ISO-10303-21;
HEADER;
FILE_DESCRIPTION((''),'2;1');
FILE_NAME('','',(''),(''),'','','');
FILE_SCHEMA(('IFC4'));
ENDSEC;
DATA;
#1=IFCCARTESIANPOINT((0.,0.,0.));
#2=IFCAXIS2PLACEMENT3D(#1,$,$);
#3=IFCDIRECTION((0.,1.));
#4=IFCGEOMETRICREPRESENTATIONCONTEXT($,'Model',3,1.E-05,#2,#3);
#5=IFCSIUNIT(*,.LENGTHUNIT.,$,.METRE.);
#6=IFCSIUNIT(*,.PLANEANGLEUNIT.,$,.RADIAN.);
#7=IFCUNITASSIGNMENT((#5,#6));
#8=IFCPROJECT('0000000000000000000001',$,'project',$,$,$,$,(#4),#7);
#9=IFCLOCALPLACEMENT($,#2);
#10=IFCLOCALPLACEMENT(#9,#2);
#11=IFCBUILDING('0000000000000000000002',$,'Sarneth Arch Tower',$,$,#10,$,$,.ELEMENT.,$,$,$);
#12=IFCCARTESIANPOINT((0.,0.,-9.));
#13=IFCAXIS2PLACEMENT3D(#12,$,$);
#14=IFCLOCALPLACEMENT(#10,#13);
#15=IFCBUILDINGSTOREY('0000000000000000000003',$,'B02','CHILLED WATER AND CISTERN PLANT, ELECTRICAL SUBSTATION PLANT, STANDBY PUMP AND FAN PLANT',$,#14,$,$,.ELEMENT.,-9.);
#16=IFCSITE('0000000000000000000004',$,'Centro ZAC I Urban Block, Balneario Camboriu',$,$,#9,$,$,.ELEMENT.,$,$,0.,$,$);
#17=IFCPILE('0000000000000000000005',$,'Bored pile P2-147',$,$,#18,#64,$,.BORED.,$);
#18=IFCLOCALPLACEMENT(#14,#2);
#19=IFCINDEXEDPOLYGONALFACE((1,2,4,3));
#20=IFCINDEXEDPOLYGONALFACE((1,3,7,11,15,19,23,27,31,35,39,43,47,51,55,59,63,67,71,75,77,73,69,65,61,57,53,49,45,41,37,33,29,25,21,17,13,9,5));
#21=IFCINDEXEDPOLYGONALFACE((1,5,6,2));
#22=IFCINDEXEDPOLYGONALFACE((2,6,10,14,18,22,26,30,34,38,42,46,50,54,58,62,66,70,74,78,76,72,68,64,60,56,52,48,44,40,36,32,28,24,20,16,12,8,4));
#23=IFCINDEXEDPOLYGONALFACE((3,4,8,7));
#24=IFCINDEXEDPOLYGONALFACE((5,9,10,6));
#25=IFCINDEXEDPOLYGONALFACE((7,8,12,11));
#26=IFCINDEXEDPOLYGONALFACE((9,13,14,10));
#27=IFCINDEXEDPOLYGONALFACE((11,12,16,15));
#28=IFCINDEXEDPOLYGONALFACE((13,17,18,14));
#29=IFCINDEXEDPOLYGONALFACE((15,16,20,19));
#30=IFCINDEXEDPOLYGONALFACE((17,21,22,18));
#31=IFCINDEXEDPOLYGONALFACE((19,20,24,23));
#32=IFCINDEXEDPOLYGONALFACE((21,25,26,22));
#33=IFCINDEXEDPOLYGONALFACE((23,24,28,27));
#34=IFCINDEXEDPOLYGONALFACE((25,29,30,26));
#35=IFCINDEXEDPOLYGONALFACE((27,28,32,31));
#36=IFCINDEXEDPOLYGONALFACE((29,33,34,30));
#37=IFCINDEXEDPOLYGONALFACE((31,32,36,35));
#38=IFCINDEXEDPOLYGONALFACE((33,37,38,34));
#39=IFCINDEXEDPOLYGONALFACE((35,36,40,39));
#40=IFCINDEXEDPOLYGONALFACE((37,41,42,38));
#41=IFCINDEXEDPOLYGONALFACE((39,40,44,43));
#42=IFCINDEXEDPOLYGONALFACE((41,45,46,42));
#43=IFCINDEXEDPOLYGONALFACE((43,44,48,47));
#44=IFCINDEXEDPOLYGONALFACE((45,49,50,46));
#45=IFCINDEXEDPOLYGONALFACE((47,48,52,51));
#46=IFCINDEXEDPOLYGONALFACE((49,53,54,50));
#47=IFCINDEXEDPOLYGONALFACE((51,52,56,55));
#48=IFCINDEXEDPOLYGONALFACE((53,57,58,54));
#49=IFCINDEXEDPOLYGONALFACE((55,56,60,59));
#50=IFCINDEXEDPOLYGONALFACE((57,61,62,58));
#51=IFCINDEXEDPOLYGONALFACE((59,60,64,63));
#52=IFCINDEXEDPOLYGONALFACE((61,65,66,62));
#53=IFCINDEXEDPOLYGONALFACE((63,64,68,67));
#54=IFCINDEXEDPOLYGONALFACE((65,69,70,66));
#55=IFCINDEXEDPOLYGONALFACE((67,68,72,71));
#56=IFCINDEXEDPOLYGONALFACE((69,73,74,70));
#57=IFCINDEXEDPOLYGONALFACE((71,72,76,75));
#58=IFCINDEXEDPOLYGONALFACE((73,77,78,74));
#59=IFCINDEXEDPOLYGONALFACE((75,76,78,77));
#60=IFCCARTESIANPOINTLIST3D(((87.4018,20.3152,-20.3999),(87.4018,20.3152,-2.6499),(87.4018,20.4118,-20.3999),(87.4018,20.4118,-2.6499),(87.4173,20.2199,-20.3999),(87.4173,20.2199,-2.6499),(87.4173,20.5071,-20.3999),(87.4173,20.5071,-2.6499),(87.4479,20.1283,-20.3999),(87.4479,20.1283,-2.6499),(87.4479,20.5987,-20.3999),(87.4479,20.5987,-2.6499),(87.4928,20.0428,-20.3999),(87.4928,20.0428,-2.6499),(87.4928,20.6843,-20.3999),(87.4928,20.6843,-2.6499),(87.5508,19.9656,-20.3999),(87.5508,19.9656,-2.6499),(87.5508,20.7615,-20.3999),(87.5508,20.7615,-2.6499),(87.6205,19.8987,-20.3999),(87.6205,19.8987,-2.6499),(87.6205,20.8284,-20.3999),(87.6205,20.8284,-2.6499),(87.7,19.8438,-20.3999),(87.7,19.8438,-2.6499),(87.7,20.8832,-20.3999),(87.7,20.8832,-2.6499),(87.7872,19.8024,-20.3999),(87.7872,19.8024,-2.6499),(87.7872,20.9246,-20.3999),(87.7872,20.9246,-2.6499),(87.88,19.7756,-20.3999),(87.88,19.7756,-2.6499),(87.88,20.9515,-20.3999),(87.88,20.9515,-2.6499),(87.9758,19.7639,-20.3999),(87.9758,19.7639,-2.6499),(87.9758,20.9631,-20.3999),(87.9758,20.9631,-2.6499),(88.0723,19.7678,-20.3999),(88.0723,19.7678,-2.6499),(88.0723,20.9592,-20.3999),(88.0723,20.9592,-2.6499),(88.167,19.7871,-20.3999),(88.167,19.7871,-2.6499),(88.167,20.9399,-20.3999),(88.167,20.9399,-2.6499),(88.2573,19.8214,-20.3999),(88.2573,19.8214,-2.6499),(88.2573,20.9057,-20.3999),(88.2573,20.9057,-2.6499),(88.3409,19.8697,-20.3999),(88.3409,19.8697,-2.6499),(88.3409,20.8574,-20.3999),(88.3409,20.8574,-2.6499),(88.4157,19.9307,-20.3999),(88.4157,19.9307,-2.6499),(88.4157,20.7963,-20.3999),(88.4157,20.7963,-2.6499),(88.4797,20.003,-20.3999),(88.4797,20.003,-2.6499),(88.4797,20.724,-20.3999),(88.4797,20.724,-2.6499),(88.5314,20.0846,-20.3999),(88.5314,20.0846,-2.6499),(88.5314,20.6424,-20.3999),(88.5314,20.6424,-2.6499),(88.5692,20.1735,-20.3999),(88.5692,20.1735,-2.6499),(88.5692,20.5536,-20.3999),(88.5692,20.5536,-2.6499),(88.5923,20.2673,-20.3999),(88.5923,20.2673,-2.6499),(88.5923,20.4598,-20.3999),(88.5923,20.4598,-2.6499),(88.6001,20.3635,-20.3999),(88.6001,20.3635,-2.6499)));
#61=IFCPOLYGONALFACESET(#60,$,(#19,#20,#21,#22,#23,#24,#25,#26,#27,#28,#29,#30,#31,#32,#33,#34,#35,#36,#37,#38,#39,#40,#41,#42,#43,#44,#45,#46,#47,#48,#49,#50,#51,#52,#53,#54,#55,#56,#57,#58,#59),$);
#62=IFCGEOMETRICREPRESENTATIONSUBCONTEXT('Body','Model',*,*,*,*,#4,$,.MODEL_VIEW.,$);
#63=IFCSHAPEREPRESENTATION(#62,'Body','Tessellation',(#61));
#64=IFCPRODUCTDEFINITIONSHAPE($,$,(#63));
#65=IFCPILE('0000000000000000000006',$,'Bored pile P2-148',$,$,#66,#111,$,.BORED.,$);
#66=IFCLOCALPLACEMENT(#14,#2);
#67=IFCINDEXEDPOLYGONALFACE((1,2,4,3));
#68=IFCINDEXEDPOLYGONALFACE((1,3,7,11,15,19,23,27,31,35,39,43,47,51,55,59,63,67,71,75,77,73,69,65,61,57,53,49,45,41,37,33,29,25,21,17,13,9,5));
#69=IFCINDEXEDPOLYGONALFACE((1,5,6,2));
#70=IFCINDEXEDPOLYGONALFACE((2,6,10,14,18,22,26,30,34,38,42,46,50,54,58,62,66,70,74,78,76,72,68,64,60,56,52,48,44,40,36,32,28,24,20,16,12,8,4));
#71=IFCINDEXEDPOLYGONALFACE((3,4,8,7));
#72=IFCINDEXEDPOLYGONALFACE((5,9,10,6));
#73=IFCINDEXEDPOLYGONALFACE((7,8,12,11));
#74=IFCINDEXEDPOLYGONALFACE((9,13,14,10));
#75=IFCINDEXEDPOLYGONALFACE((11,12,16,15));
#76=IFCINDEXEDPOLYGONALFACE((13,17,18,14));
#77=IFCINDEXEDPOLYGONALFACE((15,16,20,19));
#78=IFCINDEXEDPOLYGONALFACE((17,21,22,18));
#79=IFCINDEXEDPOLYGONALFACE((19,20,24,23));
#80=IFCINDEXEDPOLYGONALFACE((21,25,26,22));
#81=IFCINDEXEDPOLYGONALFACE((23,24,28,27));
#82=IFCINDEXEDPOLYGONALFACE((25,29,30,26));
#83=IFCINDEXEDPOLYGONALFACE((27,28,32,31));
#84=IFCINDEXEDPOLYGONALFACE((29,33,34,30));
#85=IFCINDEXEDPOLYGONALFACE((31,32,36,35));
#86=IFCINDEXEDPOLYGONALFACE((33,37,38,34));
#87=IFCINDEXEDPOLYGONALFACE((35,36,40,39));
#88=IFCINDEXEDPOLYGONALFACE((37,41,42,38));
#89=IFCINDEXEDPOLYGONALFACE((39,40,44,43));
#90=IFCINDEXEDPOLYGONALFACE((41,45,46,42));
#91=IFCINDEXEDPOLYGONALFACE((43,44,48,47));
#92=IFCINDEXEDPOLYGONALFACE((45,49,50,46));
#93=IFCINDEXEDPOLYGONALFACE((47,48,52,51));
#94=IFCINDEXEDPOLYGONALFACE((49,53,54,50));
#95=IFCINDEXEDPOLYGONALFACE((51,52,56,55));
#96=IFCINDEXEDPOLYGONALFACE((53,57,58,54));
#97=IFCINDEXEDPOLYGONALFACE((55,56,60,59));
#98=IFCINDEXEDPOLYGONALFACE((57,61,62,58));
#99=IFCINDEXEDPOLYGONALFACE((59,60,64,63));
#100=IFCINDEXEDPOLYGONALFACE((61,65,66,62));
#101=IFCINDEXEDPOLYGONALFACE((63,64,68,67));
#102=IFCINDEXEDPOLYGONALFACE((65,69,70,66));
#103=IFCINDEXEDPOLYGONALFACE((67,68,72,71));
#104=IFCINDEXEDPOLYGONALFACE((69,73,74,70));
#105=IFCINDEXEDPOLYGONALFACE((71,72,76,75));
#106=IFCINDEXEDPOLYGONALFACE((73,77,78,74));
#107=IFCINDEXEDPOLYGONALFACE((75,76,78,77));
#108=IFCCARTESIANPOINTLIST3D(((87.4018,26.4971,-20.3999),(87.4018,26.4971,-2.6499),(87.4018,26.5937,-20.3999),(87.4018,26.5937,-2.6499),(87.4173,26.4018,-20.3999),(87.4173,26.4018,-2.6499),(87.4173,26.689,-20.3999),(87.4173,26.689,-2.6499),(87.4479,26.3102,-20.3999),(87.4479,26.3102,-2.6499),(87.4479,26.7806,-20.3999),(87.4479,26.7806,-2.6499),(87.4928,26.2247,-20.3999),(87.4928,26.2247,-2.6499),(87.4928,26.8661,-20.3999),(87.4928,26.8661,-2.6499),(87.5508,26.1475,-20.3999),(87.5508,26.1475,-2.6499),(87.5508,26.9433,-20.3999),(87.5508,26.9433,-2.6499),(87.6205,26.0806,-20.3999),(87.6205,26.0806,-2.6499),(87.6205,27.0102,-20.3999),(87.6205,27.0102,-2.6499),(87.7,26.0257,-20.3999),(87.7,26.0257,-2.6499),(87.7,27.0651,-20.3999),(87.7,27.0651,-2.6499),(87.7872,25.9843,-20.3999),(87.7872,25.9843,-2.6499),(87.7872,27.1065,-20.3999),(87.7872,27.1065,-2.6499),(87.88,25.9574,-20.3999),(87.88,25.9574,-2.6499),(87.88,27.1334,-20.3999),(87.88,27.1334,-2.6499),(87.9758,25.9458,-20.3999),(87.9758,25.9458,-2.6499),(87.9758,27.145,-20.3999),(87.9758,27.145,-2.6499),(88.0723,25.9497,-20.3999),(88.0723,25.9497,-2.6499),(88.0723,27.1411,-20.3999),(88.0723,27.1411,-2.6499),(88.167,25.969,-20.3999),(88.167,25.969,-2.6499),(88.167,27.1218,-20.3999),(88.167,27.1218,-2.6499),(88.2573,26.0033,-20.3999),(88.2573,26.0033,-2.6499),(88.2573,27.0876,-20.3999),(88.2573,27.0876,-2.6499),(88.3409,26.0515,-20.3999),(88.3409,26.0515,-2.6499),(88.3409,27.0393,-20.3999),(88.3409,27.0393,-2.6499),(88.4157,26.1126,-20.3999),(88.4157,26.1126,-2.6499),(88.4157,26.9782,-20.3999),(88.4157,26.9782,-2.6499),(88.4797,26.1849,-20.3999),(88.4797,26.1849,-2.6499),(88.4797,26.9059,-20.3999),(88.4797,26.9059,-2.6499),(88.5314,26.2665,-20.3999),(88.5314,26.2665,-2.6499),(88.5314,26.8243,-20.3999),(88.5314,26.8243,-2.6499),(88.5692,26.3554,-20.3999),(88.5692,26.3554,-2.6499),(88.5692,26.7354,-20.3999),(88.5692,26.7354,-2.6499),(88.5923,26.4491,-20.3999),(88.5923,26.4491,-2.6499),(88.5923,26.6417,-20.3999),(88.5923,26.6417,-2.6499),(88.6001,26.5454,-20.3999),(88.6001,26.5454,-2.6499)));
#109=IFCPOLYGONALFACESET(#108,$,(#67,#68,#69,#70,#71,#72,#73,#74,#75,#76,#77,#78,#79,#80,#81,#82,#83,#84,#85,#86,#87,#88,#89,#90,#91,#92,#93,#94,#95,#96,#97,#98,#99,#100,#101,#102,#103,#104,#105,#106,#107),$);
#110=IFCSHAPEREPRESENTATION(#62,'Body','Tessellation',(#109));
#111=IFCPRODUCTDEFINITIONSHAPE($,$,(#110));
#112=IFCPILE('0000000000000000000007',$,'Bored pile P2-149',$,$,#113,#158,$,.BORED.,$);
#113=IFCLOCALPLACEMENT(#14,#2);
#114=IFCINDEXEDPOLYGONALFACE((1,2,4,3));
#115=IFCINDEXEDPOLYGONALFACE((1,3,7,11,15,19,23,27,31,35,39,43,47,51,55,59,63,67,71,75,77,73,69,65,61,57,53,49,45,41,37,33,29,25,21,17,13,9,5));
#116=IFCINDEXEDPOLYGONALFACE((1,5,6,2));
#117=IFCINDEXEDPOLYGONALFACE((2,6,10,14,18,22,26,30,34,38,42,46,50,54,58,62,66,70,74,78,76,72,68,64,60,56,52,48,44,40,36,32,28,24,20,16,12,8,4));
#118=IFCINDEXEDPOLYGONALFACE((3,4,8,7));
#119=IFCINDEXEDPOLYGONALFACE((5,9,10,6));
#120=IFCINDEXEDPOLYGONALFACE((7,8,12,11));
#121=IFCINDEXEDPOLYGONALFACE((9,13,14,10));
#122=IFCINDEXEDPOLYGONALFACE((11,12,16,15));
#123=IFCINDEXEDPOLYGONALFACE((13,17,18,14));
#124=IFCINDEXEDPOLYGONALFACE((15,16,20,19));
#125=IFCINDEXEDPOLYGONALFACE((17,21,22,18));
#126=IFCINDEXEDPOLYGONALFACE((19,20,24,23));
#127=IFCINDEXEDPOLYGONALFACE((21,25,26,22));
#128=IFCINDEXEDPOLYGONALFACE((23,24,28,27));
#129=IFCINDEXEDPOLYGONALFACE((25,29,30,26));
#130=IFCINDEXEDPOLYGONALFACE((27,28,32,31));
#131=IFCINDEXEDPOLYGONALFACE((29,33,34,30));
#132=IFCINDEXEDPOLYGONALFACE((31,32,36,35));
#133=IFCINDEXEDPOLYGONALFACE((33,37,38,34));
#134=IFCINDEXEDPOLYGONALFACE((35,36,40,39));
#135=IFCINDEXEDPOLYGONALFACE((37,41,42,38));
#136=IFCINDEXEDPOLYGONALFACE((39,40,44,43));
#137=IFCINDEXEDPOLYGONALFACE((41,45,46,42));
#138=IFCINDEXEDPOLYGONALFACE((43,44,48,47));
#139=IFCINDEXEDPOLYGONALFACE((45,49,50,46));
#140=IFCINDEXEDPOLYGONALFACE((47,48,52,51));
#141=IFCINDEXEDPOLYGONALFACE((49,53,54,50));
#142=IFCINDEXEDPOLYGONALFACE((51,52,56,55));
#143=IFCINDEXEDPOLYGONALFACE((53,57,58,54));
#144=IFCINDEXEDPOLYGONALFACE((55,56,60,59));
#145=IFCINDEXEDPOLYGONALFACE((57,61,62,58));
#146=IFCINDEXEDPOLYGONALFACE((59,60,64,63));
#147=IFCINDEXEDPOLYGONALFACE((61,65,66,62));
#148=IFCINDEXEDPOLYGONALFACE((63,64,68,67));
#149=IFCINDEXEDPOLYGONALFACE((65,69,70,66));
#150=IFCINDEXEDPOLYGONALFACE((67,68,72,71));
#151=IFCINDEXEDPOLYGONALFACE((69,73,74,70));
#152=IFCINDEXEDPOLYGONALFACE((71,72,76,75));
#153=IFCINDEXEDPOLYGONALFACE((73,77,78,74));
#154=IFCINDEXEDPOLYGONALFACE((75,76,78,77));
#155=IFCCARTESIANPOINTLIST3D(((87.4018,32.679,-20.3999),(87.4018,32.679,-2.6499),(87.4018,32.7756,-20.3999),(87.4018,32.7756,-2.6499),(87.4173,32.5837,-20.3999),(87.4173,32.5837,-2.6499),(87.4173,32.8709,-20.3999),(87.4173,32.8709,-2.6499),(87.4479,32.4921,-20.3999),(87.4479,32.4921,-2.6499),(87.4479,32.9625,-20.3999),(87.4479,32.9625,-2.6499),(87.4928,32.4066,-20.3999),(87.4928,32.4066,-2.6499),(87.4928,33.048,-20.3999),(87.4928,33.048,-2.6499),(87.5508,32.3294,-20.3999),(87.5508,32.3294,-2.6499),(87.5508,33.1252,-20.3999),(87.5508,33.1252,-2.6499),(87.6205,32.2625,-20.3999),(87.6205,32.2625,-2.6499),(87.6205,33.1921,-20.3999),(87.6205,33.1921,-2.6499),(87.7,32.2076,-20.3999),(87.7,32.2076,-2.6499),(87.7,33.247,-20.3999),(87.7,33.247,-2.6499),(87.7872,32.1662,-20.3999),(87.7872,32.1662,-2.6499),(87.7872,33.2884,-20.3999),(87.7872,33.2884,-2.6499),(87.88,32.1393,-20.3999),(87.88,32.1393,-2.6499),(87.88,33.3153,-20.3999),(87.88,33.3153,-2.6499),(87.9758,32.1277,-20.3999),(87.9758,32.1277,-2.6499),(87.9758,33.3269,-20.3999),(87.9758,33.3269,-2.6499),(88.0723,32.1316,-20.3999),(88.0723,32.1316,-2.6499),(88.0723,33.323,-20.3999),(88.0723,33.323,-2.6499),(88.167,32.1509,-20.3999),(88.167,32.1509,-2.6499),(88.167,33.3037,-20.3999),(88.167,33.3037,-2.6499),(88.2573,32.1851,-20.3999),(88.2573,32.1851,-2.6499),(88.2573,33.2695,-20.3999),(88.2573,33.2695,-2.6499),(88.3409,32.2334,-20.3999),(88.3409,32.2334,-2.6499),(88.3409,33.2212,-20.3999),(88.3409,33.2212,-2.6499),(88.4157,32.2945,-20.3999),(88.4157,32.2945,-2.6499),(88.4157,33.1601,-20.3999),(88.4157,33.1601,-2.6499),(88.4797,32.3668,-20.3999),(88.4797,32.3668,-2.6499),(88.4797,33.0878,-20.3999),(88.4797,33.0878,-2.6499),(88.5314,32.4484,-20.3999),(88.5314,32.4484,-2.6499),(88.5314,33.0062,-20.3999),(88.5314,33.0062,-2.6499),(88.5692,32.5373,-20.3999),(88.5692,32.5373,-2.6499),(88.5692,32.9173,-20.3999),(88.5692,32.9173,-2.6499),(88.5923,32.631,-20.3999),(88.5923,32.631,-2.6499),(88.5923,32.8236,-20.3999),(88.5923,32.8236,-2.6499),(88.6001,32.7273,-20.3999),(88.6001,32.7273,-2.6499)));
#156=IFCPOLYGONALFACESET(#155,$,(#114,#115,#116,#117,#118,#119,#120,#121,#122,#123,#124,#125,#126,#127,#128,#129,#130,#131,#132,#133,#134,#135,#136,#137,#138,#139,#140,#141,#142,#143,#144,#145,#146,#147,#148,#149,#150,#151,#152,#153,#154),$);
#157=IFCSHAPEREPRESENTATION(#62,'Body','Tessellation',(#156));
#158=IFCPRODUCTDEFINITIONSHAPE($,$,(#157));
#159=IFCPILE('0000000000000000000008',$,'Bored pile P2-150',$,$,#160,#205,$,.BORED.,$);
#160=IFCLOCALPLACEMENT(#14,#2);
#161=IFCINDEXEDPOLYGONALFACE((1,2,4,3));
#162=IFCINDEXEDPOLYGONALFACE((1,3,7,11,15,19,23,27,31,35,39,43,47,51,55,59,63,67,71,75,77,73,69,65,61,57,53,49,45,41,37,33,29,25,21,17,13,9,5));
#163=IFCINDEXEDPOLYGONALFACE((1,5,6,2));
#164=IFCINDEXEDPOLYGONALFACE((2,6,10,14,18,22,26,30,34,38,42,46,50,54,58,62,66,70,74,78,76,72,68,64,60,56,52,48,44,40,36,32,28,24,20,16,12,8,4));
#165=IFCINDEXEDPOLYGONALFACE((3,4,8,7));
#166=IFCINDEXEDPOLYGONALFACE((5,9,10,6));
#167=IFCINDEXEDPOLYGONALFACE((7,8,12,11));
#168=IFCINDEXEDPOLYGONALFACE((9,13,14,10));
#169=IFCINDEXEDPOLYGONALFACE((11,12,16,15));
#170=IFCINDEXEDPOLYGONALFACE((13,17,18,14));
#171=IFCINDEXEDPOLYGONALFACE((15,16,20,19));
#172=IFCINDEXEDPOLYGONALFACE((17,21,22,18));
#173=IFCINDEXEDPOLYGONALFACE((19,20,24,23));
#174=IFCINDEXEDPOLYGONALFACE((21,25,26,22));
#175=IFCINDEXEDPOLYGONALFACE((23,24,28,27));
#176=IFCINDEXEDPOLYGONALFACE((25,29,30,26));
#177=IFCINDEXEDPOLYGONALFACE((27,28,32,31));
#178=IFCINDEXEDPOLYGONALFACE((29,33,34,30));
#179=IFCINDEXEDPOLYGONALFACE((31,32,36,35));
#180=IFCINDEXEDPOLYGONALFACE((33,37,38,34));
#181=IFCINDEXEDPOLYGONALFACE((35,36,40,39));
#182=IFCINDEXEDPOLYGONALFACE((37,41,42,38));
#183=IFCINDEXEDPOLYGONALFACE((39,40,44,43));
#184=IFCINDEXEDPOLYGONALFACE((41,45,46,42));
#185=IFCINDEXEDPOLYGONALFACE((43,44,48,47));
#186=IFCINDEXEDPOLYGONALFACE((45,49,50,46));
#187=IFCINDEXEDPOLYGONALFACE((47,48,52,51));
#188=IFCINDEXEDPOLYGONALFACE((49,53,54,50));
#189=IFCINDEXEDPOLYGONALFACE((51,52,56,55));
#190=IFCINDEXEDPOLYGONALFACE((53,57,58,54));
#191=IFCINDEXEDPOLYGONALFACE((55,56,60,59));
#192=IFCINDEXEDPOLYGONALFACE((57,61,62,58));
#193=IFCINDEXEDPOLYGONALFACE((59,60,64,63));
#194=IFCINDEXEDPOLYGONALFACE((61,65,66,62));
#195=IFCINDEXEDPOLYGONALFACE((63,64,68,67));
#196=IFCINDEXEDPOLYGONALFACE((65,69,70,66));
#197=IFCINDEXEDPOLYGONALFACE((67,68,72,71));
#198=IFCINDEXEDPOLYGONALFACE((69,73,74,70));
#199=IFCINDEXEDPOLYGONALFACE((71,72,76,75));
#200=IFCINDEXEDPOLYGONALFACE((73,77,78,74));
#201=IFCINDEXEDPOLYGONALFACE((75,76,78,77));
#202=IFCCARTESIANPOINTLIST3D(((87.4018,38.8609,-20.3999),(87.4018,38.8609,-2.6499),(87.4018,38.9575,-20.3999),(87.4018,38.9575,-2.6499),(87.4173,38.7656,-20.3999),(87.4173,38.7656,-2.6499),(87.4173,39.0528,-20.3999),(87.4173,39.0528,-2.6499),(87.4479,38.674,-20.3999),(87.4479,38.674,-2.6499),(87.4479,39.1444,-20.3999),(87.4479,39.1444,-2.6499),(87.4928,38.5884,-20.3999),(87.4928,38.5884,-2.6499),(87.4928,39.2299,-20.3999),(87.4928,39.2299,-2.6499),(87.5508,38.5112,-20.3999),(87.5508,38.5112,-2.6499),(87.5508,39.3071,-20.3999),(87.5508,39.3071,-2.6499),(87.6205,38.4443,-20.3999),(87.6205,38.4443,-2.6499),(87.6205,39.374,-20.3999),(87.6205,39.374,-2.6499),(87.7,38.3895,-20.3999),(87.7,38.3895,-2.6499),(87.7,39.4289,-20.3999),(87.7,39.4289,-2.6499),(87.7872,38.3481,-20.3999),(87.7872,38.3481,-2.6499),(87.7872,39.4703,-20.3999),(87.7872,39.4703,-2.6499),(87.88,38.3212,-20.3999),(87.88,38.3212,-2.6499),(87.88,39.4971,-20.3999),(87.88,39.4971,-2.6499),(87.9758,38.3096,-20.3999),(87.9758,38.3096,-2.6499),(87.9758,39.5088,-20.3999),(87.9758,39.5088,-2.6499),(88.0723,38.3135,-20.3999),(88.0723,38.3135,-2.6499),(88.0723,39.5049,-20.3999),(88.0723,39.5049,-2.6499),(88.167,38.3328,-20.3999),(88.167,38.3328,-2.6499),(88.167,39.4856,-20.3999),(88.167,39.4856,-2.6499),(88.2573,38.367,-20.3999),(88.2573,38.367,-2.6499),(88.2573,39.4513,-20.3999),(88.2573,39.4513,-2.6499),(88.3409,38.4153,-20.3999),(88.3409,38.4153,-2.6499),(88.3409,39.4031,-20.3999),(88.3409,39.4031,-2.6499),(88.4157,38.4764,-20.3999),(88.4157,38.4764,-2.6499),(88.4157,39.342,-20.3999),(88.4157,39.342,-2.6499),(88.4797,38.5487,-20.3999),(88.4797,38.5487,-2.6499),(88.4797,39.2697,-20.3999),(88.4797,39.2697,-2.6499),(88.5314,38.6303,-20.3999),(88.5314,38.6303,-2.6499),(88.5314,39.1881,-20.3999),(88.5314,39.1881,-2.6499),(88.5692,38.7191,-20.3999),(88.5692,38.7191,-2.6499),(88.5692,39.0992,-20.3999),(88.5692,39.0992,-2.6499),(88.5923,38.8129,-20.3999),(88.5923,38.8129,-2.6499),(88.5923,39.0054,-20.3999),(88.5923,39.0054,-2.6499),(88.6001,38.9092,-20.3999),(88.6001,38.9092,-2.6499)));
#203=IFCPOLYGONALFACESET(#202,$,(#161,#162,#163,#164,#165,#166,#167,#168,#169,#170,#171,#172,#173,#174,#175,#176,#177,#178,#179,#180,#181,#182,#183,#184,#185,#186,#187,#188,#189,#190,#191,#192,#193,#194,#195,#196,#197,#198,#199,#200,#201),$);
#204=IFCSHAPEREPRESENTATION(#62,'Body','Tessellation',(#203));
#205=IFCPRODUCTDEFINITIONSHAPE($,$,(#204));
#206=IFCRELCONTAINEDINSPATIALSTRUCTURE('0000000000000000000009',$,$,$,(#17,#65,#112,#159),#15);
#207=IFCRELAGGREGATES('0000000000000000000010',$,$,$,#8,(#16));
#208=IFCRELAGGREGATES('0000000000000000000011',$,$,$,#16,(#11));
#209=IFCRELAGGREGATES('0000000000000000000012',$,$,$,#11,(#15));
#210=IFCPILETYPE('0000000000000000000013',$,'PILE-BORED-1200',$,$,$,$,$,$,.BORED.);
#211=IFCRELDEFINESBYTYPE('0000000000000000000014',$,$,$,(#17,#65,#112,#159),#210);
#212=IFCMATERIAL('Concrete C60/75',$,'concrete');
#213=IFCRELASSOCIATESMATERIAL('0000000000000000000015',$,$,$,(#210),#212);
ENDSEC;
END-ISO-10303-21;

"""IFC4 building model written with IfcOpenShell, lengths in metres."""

from ifc_helpers import new_model, si_unit, direction, frame, origin, origin_2d, place, context, subcontext, project, spatial, circle, extrude, material, material_profile, profile_set, type_object, element, save


model = new_model("IFC4")

# Units and contexts
model_context = context("Model", 3, precision=1e-05, world=origin(), true_north=direction((0.0, 1.0)))
body_context = subcontext(model_context, "Body", "Model", "MODEL_VIEW")
ifc_project = project(units=[si_unit("LENGTHUNIT", "METRE"), si_unit("PLANEANGLEUNIT", "RADIAN")], contexts=[model_context])

# Site, building, storey
site_placement = place(None, origin())
site = spatial("IfcSite", under=ifc_project, at=site_placement, Name="Centro ZAC I Urban Block, Balneario Camboriu", CompositionType="ELEMENT", RefElevation=0.0)
building_placement = place(site_placement, origin())
building = spatial("IfcBuilding", under=site, at=building_placement, Name="Sarneth Arch Tower", CompositionType="ELEMENT")
storey_placement = place(building_placement, frame((0.0, 0.0, -9.0)))
storey = spatial("IfcBuildingStorey", under=building, at=storey_placement, Name="B02", Description="CHILLED WATER AND CISTERN PLANT, ELECTRICAL SUBSTATION PLANT, STANDBY PUMP AND FAN PLANT", CompositionType="ELEMENT", Elevation=-9.0)

# Piles
ifc_material_1 = material(Name="Concrete C60/75", Category="concrete")
ifc_material_profile_1 = material_profile(ifc_material_1, circle(Radius=0.6001, at=origin_2d()), Name="PILE-D1200")
ifc_profile_set_1 = profile_set([ifc_material_profile_1], Name="Concrete C60/75")
pile_type_1 = type_object("IfcPileType", Name="PILE-BORED-1200", PredefinedType="BORED", material=ifc_profile_set_1)
for number, where, z_axis, x_axis, name in (
    (1, (88.0, 20.3635, -2.6499), (0.0, 0.0, -1.0), (1.0, 0.0, 0.0), "Bored pile P2-147"),
    (2, (88.0, 26.5454, -2.6499), (0.0, 0.0, -1.0), (1.0, 0.0, 0.0), "Bored pile P2-148"),
    (3, (88.0, 32.7273, -2.6499), (0.0, 0.0, -1.0), (1.0, 0.0, 0.0), "Bored pile P2-149"),
    (4, (88.0, 38.9092, -2.6499), (0.0, 0.0, -1.0), (1.0, 0.0, 0.0), "Bored pile P2-150"),
):
    element("IfcPile", number, at=place(storey_placement, frame(where, z_axis=z_axis, x_axis=x_axis)), inside=storey, type_object=pile_type_1, Name=name, PredefinedType="BORED", context=body_context, shape_type="SweptSolid", body=[
        extrude(circle(Radius=0.6001, at=origin_2d()), origin(), (0.0, 0.0, 1.0), 17.75),
    ])

save(model, "model.ifc")
